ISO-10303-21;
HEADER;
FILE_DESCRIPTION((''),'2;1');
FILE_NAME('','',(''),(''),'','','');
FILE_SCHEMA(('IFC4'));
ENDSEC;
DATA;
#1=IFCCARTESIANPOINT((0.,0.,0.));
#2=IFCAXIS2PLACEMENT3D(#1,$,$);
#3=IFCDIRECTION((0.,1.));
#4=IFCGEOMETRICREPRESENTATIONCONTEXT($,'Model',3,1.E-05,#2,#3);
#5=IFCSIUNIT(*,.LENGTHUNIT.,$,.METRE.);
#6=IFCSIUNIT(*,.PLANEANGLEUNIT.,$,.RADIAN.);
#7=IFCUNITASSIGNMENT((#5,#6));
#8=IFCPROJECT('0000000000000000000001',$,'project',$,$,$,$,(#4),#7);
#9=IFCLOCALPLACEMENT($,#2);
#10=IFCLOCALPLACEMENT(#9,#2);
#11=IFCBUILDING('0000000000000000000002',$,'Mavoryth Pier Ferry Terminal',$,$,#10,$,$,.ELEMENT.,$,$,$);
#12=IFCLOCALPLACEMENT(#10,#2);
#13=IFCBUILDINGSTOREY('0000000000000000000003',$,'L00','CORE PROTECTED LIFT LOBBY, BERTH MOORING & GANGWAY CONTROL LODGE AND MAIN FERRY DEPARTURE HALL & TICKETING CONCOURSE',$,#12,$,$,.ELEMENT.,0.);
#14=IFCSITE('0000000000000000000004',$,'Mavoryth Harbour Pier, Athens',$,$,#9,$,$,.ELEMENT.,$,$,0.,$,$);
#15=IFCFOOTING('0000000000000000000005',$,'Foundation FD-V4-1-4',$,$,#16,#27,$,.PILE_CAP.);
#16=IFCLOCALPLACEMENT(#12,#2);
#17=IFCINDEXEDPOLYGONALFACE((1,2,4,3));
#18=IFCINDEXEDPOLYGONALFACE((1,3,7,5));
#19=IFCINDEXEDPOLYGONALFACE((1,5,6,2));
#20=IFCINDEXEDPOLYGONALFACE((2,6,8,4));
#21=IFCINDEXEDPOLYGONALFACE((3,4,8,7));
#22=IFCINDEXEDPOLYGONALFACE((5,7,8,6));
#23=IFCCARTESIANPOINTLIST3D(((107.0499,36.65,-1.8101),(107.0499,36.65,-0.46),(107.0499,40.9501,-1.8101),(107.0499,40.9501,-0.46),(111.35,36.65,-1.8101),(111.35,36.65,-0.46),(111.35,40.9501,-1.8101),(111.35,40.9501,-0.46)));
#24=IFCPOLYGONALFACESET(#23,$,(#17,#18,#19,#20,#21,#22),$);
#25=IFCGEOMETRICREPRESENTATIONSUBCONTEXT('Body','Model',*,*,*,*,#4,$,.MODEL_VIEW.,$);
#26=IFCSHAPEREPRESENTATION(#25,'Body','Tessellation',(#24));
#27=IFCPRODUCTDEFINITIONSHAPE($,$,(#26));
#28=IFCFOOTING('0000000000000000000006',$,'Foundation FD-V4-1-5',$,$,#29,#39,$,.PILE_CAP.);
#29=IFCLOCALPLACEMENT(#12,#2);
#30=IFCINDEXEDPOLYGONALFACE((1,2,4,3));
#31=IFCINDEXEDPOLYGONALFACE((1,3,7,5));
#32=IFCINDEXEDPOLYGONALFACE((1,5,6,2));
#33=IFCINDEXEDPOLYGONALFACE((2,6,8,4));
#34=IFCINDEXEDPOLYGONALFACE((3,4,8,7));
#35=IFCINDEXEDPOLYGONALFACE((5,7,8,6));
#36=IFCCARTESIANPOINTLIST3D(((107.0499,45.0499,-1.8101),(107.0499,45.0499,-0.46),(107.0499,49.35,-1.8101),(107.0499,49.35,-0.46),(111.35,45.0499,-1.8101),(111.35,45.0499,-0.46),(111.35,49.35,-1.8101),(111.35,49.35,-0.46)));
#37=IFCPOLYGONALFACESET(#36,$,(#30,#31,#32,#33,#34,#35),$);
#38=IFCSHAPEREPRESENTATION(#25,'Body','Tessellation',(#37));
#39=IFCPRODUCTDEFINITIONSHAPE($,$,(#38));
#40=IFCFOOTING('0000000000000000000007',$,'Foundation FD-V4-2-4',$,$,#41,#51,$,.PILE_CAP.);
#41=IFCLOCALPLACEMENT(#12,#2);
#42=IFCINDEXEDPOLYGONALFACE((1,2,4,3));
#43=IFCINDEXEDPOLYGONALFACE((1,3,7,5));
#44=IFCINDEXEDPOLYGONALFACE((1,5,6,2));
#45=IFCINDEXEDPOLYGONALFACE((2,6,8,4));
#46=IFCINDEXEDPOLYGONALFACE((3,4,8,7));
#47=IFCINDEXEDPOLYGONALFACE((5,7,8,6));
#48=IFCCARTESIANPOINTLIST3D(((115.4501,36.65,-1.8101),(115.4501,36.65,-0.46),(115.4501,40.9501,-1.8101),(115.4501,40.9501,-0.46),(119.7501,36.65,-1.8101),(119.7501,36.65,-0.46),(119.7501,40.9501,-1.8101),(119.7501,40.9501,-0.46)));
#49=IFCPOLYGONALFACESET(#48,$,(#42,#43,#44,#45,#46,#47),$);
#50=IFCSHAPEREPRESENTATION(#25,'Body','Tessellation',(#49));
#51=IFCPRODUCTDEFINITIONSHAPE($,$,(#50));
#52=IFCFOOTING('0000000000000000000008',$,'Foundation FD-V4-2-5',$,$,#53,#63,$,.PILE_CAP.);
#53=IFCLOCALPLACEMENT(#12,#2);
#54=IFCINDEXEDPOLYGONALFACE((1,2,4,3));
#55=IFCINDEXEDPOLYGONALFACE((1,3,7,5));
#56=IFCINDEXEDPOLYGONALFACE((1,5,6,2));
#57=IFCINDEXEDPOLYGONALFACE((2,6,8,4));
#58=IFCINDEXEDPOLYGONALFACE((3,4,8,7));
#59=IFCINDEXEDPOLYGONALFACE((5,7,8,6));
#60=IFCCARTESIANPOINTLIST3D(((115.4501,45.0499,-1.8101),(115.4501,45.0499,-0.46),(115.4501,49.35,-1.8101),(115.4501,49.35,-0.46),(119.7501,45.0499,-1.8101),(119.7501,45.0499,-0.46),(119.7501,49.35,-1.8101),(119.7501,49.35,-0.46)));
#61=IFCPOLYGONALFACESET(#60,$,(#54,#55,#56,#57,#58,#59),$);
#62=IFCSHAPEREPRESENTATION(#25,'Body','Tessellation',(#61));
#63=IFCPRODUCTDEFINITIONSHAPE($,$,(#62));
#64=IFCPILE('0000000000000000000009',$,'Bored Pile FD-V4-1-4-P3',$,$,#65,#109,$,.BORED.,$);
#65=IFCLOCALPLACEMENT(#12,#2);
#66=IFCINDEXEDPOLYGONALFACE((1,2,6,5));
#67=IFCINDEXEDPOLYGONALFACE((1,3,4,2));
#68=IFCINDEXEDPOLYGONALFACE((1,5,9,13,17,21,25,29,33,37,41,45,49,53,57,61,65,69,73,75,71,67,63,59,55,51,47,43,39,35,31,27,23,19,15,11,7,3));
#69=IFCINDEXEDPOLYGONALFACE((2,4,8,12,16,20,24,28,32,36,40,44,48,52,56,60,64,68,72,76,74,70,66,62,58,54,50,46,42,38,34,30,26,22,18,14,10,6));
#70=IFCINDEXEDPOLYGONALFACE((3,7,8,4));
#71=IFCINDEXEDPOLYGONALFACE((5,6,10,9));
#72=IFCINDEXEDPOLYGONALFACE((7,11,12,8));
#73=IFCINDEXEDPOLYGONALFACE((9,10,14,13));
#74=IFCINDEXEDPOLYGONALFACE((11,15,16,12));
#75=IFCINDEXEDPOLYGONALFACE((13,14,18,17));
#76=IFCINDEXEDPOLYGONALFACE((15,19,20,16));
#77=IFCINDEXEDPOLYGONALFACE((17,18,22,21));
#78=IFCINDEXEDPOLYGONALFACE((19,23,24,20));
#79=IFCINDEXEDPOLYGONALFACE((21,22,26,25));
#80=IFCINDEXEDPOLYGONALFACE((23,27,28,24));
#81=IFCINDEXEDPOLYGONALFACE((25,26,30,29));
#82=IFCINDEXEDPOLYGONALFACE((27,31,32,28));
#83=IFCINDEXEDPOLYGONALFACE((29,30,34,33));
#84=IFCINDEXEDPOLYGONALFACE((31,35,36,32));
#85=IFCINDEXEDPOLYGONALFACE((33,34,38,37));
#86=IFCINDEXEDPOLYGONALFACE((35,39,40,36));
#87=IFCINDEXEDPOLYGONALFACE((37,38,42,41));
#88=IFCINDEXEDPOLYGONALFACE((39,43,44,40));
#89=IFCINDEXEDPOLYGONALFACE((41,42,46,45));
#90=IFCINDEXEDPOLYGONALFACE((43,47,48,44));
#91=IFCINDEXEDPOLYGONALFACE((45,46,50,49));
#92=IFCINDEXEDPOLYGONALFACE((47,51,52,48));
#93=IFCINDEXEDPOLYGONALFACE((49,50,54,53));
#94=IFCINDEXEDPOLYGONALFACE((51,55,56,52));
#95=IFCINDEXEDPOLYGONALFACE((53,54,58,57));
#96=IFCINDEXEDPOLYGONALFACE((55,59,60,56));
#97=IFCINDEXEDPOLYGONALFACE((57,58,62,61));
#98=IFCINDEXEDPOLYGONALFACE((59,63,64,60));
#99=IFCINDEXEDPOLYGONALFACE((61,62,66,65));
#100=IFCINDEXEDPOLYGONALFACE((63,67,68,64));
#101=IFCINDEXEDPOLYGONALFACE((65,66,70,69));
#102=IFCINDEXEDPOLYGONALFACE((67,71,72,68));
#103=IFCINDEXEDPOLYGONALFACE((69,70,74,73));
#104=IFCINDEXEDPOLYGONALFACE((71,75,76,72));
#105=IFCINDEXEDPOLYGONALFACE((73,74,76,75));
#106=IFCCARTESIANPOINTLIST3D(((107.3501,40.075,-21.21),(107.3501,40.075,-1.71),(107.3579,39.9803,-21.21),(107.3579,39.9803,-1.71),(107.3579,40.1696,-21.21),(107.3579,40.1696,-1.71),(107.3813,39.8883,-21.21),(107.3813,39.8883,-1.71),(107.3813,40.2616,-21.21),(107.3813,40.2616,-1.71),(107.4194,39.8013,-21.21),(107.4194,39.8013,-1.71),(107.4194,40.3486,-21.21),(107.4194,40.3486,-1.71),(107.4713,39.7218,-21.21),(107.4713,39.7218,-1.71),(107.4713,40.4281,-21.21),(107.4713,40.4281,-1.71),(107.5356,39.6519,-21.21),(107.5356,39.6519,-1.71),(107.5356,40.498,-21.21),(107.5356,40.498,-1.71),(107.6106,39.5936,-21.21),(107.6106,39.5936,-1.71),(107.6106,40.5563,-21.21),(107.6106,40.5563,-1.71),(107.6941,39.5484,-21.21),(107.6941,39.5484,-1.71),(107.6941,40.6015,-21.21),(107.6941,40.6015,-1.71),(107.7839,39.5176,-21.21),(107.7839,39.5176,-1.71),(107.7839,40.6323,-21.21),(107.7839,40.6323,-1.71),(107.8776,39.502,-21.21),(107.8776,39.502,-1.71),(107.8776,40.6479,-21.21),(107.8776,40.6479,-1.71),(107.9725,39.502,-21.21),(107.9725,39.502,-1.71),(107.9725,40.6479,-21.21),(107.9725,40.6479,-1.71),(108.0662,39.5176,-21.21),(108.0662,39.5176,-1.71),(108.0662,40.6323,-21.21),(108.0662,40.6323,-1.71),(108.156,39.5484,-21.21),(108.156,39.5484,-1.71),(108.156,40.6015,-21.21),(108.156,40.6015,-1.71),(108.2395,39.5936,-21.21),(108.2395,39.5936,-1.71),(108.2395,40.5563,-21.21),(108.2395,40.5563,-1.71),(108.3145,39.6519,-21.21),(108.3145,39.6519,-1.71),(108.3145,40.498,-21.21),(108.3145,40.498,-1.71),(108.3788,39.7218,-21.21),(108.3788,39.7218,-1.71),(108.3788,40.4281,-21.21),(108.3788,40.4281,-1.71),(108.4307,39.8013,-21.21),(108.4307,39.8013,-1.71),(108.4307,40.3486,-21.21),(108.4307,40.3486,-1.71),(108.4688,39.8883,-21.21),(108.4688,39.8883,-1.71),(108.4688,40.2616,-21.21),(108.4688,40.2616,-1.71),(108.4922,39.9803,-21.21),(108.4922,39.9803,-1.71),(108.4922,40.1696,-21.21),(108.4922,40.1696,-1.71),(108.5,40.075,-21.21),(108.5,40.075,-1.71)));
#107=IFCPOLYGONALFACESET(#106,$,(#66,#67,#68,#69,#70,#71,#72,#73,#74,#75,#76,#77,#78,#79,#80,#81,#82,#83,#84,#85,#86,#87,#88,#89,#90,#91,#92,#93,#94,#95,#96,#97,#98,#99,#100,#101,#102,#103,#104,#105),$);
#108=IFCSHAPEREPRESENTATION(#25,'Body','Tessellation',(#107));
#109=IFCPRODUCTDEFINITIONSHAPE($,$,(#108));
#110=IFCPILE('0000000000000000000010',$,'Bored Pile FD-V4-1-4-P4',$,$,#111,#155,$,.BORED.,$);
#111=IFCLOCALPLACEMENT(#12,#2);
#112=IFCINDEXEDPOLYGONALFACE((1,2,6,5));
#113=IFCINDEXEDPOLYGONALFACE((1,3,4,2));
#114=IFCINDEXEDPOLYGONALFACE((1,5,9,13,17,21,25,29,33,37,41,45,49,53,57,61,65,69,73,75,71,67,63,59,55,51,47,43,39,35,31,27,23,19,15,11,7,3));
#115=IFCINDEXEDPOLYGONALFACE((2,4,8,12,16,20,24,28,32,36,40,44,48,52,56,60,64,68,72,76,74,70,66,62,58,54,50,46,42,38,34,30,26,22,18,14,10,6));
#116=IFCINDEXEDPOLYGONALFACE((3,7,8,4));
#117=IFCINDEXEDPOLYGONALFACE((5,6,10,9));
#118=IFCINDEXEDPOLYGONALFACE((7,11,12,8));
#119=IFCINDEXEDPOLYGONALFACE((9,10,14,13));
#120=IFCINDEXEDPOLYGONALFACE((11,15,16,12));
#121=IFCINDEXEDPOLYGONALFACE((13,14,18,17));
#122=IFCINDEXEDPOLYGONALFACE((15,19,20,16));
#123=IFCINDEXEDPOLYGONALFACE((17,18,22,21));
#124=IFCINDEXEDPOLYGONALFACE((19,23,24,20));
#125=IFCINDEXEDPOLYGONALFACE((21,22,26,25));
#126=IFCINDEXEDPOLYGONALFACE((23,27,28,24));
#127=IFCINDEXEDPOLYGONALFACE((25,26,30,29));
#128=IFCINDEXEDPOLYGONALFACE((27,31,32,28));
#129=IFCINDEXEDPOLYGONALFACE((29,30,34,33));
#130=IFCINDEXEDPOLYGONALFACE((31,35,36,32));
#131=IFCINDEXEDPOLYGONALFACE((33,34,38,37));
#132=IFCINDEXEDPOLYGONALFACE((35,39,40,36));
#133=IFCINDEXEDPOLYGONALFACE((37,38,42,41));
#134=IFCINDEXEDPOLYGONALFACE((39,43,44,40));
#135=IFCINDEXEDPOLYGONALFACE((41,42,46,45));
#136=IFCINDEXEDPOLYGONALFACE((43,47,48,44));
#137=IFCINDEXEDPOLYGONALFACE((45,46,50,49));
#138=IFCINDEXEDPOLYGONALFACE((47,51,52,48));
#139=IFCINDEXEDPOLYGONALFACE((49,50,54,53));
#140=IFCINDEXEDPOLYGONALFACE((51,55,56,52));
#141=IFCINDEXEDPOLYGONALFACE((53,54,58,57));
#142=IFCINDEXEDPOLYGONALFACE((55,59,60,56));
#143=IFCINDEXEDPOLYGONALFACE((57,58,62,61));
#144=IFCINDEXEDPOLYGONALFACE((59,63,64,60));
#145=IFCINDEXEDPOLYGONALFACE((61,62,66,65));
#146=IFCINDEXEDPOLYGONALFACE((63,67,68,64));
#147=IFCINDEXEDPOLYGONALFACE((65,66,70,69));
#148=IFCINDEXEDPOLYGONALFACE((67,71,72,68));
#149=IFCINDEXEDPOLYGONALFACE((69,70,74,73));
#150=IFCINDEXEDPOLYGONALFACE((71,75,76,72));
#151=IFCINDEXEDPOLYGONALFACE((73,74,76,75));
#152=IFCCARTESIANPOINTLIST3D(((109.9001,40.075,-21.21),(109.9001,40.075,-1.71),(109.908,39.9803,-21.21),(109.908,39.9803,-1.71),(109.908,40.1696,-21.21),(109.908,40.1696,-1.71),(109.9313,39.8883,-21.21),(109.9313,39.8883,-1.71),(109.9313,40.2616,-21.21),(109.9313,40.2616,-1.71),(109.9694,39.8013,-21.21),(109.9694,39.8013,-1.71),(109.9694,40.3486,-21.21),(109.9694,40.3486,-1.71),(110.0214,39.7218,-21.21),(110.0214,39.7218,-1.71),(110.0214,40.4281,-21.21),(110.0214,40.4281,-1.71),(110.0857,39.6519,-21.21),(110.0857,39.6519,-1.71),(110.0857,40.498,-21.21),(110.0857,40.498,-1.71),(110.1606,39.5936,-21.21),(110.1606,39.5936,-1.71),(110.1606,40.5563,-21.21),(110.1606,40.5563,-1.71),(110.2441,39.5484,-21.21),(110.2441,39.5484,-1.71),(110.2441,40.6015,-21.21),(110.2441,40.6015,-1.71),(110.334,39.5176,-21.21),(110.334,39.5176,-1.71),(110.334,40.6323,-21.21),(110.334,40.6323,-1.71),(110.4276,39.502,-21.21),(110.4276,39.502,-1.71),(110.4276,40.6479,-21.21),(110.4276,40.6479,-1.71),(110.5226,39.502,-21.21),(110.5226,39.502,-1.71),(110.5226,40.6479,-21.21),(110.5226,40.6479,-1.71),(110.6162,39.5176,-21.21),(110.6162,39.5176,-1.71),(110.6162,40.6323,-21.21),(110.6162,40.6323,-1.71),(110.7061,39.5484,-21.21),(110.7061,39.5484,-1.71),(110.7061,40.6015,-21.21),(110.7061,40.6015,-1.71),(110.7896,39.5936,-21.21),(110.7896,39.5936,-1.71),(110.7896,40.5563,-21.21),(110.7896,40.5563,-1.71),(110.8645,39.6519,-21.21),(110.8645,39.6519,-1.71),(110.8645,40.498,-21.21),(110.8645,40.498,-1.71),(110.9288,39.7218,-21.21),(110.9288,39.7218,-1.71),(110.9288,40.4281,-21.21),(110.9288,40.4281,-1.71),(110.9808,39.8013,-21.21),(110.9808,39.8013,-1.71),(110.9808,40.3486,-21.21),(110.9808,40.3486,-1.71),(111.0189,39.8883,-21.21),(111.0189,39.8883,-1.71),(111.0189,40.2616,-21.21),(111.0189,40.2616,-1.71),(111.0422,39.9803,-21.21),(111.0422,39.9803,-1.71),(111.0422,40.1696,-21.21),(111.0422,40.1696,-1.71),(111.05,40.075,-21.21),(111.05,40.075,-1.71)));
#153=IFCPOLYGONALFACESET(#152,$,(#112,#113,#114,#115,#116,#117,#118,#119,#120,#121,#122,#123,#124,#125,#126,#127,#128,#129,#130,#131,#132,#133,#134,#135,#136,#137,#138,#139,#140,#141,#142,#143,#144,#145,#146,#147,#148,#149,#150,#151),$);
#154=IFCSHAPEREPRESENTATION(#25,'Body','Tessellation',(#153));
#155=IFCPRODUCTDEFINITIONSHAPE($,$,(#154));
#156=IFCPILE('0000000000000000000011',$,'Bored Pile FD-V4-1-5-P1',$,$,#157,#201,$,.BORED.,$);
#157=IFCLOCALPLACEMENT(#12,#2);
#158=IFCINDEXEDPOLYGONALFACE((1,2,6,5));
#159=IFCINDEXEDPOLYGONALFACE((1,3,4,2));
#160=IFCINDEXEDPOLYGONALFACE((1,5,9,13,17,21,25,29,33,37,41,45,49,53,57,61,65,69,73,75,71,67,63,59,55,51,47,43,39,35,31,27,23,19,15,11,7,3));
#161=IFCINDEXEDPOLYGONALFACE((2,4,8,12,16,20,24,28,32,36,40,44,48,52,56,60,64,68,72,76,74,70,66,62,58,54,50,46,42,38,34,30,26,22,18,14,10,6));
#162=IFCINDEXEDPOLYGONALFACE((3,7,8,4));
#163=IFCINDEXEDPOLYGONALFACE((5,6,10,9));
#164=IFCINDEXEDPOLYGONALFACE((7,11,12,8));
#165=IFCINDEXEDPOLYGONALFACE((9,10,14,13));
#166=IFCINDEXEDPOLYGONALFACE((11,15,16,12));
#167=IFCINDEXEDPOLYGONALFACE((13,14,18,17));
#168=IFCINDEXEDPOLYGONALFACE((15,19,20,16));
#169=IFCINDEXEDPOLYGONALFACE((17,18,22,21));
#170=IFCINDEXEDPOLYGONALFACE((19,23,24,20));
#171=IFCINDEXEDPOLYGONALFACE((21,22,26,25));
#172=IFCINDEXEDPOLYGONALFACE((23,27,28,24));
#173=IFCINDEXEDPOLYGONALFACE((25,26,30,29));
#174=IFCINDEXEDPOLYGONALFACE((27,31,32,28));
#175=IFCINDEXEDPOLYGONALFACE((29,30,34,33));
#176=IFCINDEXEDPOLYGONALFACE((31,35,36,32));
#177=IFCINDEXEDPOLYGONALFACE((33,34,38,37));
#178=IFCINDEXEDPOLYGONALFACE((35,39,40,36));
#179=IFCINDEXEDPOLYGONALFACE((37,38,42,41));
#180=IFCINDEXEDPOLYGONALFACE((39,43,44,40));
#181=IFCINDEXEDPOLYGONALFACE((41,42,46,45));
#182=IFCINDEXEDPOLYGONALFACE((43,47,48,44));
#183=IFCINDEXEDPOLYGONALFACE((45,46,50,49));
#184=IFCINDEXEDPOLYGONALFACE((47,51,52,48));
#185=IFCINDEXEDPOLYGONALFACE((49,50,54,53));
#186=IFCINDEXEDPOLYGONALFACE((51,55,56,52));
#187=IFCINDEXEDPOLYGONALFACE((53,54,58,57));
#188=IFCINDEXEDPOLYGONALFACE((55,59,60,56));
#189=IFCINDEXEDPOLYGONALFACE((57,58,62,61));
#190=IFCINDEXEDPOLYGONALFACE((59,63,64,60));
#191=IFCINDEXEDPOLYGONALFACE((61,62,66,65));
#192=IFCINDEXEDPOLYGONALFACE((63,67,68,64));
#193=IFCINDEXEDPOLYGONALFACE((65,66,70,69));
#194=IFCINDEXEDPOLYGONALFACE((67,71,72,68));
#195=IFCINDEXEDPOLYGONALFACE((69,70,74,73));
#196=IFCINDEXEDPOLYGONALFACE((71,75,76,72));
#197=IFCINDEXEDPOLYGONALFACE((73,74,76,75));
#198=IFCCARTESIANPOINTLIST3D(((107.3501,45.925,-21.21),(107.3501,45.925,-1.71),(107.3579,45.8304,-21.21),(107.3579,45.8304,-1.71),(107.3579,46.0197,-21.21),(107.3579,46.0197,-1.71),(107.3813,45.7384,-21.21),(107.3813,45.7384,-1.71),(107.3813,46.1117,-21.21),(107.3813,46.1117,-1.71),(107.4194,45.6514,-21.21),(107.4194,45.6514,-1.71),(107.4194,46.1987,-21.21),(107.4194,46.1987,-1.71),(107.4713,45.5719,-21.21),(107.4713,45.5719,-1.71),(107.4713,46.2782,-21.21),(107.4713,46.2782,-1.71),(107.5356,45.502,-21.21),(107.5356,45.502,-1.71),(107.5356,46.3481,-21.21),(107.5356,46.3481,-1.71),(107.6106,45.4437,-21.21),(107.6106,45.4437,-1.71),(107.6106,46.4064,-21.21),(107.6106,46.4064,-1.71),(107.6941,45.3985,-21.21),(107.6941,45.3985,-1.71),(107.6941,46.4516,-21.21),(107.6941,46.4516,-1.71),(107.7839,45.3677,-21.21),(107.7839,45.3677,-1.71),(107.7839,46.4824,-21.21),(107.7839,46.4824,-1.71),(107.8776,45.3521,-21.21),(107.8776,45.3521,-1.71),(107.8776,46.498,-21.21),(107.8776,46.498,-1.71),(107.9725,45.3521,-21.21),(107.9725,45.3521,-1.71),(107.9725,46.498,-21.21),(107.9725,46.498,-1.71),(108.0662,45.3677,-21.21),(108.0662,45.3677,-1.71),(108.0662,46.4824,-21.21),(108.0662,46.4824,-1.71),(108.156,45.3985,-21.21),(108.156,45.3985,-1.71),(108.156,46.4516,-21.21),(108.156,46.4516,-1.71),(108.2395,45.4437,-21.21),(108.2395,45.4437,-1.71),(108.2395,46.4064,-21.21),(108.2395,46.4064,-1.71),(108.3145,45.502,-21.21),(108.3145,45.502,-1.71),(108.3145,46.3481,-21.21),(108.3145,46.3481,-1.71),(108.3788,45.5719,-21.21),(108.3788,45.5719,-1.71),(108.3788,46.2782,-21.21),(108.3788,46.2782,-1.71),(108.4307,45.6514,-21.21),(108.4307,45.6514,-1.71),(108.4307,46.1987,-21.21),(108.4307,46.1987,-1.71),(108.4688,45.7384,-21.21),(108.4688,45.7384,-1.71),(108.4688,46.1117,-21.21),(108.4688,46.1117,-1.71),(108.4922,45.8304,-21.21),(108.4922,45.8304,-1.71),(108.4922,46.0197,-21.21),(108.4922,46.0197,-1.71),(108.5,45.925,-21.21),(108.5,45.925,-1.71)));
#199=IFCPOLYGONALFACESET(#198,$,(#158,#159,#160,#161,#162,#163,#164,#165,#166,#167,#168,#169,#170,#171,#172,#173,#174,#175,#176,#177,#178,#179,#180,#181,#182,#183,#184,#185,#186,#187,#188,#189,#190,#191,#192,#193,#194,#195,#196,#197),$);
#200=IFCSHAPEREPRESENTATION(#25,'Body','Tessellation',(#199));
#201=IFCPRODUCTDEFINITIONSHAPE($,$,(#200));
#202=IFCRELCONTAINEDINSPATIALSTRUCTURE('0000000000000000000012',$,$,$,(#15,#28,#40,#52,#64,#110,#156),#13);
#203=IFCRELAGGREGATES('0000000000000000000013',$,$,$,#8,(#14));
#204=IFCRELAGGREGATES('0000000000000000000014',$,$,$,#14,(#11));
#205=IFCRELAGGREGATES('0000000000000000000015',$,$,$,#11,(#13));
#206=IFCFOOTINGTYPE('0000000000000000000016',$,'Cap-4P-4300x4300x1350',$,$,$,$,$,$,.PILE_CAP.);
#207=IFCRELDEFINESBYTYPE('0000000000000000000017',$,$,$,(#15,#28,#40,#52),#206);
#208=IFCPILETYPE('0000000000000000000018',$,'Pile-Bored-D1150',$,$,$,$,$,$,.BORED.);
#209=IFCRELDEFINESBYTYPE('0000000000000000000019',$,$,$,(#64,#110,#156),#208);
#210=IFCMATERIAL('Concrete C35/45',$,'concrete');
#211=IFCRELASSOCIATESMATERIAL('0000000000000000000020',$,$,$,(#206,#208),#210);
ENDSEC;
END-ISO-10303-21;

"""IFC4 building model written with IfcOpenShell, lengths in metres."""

from ifc_helpers import new_model, si_unit, direction, frame, origin, origin_2d, place, context, subcontext, project, spatial, rectangle, circle, extrude, material, material_profile, profile_set, type_object, element, save


model = new_model("IFC4")

# Units and contexts
model_context = context("Model", 3, precision=1e-05, world=origin(), true_north=direction((0.0, 1.0)))
body_context = subcontext(model_context, "Body", "Model", "MODEL_VIEW")
ifc_project = project(units=[si_unit("LENGTHUNIT", "METRE"), si_unit("PLANEANGLEUNIT", "RADIAN")], contexts=[model_context])

# Site, building, storey
site_placement = place(None, origin())
site = spatial("IfcSite", under=ifc_project, at=site_placement, Name="Mavoryth Harbour Pier, Athens", CompositionType="ELEMENT", RefElevation=0.0)
building_placement = place(site_placement, origin())
building = spatial("IfcBuilding", under=site, at=building_placement, Name="Mavoryth Pier Ferry Terminal", CompositionType="ELEMENT")
storey_placement = place(building_placement, origin())
storey = spatial("IfcBuildingStorey", under=building, at=storey_placement, Name="L00", Description="CORE PROTECTED LIFT LOBBY, BERTH MOORING & GANGWAY CONTROL LODGE AND MAIN FERRY DEPARTURE HALL & TICKETING CONCOURSE", CompositionType="ELEMENT", Elevation=0.0)

# Footings
ifc_material_1 = material(Name="Concrete C35/45", Category="concrete")
footing_type_1 = type_object("IfcFootingType", Name="Cap-4P-4300x4300x1350", PredefinedType="PILE_CAP", material=ifc_material_1)
for number, where, z_axis, x_axis, name in (
    (1, (109.2, 38.8, -1.8101), (0.0, 0.0, 1.0), (1.0, 0.0, 0.0), "Foundation FD-V4-1-4"),
    (2, (109.2, 47.2, -1.8101), (0.0, 0.0, 1.0), (1.0, 0.0, 0.0), "Foundation FD-V4-1-5"),
    (3, (117.6001, 38.8, -1.8101), (0.0, 0.0, 1.0), (1.0, 0.0, 0.0), "Foundation FD-V4-2-4"),
    (4, (117.6001, 47.2, -1.8101), (0.0, 0.0, 1.0), (1.0, 0.0, 0.0), "Foundation FD-V4-2-5"),
):
    element("IfcFooting", number, at=place(storey_placement, frame(where, z_axis=z_axis, x_axis=x_axis)), inside=storey, type_object=footing_type_1, Name=name, PredefinedType="PILE_CAP", context=body_context, shape_type="SweptSolid", body=[
        extrude(rectangle(XDim=4.3, YDim=4.3, at=origin_2d()), origin(), (0.0, 0.0, 1.0), 1.3501),
    ])

# Piles
ifc_material_profile_1 = material_profile(ifc_material_1, circle(Radius=0.575, at=origin_2d()), Name="PILE D1150", Category="concrete")
ifc_profile_set_1 = profile_set([ifc_material_profile_1], Name="Concrete C35/45 - PILE D1150")
pile_type = type_object("IfcPileType", Name="Pile-Bored-D1150", PredefinedType="BORED", material=ifc_profile_set_1)
for number, where, z_axis, x_axis, name in (
    (5, (107.925, 40.075, -1.71), (0.0, 0.0, -1.0), (1.0, 0.0, 0.0), "Bored Pile FD-V4-1-4-P3"),
    (6, (110.4751, 40.075, -1.71), (0.0, 0.0, -1.0), (1.0, 0.0, 0.0), "Bored Pile FD-V4-1-4-P4"),
    (7, (107.925, 45.925, -1.71), (0.0, 0.0, -1.0), (1.0, 0.0, 0.0), "Bored Pile FD-V4-1-5-P1"),
):
    element("IfcPile", number, at=place(storey_placement, frame(where, z_axis=z_axis, x_axis=x_axis)), inside=storey, type_object=pile_type, Name=name, PredefinedType="BORED", context=body_context, shape_type="SweptSolid", body=[
        extrude(circle(Radius=0.575, at=origin_2d()), origin(), (0.0, 0.0, 1.0), 19.5),
    ])

save(model, "model.ifc")
